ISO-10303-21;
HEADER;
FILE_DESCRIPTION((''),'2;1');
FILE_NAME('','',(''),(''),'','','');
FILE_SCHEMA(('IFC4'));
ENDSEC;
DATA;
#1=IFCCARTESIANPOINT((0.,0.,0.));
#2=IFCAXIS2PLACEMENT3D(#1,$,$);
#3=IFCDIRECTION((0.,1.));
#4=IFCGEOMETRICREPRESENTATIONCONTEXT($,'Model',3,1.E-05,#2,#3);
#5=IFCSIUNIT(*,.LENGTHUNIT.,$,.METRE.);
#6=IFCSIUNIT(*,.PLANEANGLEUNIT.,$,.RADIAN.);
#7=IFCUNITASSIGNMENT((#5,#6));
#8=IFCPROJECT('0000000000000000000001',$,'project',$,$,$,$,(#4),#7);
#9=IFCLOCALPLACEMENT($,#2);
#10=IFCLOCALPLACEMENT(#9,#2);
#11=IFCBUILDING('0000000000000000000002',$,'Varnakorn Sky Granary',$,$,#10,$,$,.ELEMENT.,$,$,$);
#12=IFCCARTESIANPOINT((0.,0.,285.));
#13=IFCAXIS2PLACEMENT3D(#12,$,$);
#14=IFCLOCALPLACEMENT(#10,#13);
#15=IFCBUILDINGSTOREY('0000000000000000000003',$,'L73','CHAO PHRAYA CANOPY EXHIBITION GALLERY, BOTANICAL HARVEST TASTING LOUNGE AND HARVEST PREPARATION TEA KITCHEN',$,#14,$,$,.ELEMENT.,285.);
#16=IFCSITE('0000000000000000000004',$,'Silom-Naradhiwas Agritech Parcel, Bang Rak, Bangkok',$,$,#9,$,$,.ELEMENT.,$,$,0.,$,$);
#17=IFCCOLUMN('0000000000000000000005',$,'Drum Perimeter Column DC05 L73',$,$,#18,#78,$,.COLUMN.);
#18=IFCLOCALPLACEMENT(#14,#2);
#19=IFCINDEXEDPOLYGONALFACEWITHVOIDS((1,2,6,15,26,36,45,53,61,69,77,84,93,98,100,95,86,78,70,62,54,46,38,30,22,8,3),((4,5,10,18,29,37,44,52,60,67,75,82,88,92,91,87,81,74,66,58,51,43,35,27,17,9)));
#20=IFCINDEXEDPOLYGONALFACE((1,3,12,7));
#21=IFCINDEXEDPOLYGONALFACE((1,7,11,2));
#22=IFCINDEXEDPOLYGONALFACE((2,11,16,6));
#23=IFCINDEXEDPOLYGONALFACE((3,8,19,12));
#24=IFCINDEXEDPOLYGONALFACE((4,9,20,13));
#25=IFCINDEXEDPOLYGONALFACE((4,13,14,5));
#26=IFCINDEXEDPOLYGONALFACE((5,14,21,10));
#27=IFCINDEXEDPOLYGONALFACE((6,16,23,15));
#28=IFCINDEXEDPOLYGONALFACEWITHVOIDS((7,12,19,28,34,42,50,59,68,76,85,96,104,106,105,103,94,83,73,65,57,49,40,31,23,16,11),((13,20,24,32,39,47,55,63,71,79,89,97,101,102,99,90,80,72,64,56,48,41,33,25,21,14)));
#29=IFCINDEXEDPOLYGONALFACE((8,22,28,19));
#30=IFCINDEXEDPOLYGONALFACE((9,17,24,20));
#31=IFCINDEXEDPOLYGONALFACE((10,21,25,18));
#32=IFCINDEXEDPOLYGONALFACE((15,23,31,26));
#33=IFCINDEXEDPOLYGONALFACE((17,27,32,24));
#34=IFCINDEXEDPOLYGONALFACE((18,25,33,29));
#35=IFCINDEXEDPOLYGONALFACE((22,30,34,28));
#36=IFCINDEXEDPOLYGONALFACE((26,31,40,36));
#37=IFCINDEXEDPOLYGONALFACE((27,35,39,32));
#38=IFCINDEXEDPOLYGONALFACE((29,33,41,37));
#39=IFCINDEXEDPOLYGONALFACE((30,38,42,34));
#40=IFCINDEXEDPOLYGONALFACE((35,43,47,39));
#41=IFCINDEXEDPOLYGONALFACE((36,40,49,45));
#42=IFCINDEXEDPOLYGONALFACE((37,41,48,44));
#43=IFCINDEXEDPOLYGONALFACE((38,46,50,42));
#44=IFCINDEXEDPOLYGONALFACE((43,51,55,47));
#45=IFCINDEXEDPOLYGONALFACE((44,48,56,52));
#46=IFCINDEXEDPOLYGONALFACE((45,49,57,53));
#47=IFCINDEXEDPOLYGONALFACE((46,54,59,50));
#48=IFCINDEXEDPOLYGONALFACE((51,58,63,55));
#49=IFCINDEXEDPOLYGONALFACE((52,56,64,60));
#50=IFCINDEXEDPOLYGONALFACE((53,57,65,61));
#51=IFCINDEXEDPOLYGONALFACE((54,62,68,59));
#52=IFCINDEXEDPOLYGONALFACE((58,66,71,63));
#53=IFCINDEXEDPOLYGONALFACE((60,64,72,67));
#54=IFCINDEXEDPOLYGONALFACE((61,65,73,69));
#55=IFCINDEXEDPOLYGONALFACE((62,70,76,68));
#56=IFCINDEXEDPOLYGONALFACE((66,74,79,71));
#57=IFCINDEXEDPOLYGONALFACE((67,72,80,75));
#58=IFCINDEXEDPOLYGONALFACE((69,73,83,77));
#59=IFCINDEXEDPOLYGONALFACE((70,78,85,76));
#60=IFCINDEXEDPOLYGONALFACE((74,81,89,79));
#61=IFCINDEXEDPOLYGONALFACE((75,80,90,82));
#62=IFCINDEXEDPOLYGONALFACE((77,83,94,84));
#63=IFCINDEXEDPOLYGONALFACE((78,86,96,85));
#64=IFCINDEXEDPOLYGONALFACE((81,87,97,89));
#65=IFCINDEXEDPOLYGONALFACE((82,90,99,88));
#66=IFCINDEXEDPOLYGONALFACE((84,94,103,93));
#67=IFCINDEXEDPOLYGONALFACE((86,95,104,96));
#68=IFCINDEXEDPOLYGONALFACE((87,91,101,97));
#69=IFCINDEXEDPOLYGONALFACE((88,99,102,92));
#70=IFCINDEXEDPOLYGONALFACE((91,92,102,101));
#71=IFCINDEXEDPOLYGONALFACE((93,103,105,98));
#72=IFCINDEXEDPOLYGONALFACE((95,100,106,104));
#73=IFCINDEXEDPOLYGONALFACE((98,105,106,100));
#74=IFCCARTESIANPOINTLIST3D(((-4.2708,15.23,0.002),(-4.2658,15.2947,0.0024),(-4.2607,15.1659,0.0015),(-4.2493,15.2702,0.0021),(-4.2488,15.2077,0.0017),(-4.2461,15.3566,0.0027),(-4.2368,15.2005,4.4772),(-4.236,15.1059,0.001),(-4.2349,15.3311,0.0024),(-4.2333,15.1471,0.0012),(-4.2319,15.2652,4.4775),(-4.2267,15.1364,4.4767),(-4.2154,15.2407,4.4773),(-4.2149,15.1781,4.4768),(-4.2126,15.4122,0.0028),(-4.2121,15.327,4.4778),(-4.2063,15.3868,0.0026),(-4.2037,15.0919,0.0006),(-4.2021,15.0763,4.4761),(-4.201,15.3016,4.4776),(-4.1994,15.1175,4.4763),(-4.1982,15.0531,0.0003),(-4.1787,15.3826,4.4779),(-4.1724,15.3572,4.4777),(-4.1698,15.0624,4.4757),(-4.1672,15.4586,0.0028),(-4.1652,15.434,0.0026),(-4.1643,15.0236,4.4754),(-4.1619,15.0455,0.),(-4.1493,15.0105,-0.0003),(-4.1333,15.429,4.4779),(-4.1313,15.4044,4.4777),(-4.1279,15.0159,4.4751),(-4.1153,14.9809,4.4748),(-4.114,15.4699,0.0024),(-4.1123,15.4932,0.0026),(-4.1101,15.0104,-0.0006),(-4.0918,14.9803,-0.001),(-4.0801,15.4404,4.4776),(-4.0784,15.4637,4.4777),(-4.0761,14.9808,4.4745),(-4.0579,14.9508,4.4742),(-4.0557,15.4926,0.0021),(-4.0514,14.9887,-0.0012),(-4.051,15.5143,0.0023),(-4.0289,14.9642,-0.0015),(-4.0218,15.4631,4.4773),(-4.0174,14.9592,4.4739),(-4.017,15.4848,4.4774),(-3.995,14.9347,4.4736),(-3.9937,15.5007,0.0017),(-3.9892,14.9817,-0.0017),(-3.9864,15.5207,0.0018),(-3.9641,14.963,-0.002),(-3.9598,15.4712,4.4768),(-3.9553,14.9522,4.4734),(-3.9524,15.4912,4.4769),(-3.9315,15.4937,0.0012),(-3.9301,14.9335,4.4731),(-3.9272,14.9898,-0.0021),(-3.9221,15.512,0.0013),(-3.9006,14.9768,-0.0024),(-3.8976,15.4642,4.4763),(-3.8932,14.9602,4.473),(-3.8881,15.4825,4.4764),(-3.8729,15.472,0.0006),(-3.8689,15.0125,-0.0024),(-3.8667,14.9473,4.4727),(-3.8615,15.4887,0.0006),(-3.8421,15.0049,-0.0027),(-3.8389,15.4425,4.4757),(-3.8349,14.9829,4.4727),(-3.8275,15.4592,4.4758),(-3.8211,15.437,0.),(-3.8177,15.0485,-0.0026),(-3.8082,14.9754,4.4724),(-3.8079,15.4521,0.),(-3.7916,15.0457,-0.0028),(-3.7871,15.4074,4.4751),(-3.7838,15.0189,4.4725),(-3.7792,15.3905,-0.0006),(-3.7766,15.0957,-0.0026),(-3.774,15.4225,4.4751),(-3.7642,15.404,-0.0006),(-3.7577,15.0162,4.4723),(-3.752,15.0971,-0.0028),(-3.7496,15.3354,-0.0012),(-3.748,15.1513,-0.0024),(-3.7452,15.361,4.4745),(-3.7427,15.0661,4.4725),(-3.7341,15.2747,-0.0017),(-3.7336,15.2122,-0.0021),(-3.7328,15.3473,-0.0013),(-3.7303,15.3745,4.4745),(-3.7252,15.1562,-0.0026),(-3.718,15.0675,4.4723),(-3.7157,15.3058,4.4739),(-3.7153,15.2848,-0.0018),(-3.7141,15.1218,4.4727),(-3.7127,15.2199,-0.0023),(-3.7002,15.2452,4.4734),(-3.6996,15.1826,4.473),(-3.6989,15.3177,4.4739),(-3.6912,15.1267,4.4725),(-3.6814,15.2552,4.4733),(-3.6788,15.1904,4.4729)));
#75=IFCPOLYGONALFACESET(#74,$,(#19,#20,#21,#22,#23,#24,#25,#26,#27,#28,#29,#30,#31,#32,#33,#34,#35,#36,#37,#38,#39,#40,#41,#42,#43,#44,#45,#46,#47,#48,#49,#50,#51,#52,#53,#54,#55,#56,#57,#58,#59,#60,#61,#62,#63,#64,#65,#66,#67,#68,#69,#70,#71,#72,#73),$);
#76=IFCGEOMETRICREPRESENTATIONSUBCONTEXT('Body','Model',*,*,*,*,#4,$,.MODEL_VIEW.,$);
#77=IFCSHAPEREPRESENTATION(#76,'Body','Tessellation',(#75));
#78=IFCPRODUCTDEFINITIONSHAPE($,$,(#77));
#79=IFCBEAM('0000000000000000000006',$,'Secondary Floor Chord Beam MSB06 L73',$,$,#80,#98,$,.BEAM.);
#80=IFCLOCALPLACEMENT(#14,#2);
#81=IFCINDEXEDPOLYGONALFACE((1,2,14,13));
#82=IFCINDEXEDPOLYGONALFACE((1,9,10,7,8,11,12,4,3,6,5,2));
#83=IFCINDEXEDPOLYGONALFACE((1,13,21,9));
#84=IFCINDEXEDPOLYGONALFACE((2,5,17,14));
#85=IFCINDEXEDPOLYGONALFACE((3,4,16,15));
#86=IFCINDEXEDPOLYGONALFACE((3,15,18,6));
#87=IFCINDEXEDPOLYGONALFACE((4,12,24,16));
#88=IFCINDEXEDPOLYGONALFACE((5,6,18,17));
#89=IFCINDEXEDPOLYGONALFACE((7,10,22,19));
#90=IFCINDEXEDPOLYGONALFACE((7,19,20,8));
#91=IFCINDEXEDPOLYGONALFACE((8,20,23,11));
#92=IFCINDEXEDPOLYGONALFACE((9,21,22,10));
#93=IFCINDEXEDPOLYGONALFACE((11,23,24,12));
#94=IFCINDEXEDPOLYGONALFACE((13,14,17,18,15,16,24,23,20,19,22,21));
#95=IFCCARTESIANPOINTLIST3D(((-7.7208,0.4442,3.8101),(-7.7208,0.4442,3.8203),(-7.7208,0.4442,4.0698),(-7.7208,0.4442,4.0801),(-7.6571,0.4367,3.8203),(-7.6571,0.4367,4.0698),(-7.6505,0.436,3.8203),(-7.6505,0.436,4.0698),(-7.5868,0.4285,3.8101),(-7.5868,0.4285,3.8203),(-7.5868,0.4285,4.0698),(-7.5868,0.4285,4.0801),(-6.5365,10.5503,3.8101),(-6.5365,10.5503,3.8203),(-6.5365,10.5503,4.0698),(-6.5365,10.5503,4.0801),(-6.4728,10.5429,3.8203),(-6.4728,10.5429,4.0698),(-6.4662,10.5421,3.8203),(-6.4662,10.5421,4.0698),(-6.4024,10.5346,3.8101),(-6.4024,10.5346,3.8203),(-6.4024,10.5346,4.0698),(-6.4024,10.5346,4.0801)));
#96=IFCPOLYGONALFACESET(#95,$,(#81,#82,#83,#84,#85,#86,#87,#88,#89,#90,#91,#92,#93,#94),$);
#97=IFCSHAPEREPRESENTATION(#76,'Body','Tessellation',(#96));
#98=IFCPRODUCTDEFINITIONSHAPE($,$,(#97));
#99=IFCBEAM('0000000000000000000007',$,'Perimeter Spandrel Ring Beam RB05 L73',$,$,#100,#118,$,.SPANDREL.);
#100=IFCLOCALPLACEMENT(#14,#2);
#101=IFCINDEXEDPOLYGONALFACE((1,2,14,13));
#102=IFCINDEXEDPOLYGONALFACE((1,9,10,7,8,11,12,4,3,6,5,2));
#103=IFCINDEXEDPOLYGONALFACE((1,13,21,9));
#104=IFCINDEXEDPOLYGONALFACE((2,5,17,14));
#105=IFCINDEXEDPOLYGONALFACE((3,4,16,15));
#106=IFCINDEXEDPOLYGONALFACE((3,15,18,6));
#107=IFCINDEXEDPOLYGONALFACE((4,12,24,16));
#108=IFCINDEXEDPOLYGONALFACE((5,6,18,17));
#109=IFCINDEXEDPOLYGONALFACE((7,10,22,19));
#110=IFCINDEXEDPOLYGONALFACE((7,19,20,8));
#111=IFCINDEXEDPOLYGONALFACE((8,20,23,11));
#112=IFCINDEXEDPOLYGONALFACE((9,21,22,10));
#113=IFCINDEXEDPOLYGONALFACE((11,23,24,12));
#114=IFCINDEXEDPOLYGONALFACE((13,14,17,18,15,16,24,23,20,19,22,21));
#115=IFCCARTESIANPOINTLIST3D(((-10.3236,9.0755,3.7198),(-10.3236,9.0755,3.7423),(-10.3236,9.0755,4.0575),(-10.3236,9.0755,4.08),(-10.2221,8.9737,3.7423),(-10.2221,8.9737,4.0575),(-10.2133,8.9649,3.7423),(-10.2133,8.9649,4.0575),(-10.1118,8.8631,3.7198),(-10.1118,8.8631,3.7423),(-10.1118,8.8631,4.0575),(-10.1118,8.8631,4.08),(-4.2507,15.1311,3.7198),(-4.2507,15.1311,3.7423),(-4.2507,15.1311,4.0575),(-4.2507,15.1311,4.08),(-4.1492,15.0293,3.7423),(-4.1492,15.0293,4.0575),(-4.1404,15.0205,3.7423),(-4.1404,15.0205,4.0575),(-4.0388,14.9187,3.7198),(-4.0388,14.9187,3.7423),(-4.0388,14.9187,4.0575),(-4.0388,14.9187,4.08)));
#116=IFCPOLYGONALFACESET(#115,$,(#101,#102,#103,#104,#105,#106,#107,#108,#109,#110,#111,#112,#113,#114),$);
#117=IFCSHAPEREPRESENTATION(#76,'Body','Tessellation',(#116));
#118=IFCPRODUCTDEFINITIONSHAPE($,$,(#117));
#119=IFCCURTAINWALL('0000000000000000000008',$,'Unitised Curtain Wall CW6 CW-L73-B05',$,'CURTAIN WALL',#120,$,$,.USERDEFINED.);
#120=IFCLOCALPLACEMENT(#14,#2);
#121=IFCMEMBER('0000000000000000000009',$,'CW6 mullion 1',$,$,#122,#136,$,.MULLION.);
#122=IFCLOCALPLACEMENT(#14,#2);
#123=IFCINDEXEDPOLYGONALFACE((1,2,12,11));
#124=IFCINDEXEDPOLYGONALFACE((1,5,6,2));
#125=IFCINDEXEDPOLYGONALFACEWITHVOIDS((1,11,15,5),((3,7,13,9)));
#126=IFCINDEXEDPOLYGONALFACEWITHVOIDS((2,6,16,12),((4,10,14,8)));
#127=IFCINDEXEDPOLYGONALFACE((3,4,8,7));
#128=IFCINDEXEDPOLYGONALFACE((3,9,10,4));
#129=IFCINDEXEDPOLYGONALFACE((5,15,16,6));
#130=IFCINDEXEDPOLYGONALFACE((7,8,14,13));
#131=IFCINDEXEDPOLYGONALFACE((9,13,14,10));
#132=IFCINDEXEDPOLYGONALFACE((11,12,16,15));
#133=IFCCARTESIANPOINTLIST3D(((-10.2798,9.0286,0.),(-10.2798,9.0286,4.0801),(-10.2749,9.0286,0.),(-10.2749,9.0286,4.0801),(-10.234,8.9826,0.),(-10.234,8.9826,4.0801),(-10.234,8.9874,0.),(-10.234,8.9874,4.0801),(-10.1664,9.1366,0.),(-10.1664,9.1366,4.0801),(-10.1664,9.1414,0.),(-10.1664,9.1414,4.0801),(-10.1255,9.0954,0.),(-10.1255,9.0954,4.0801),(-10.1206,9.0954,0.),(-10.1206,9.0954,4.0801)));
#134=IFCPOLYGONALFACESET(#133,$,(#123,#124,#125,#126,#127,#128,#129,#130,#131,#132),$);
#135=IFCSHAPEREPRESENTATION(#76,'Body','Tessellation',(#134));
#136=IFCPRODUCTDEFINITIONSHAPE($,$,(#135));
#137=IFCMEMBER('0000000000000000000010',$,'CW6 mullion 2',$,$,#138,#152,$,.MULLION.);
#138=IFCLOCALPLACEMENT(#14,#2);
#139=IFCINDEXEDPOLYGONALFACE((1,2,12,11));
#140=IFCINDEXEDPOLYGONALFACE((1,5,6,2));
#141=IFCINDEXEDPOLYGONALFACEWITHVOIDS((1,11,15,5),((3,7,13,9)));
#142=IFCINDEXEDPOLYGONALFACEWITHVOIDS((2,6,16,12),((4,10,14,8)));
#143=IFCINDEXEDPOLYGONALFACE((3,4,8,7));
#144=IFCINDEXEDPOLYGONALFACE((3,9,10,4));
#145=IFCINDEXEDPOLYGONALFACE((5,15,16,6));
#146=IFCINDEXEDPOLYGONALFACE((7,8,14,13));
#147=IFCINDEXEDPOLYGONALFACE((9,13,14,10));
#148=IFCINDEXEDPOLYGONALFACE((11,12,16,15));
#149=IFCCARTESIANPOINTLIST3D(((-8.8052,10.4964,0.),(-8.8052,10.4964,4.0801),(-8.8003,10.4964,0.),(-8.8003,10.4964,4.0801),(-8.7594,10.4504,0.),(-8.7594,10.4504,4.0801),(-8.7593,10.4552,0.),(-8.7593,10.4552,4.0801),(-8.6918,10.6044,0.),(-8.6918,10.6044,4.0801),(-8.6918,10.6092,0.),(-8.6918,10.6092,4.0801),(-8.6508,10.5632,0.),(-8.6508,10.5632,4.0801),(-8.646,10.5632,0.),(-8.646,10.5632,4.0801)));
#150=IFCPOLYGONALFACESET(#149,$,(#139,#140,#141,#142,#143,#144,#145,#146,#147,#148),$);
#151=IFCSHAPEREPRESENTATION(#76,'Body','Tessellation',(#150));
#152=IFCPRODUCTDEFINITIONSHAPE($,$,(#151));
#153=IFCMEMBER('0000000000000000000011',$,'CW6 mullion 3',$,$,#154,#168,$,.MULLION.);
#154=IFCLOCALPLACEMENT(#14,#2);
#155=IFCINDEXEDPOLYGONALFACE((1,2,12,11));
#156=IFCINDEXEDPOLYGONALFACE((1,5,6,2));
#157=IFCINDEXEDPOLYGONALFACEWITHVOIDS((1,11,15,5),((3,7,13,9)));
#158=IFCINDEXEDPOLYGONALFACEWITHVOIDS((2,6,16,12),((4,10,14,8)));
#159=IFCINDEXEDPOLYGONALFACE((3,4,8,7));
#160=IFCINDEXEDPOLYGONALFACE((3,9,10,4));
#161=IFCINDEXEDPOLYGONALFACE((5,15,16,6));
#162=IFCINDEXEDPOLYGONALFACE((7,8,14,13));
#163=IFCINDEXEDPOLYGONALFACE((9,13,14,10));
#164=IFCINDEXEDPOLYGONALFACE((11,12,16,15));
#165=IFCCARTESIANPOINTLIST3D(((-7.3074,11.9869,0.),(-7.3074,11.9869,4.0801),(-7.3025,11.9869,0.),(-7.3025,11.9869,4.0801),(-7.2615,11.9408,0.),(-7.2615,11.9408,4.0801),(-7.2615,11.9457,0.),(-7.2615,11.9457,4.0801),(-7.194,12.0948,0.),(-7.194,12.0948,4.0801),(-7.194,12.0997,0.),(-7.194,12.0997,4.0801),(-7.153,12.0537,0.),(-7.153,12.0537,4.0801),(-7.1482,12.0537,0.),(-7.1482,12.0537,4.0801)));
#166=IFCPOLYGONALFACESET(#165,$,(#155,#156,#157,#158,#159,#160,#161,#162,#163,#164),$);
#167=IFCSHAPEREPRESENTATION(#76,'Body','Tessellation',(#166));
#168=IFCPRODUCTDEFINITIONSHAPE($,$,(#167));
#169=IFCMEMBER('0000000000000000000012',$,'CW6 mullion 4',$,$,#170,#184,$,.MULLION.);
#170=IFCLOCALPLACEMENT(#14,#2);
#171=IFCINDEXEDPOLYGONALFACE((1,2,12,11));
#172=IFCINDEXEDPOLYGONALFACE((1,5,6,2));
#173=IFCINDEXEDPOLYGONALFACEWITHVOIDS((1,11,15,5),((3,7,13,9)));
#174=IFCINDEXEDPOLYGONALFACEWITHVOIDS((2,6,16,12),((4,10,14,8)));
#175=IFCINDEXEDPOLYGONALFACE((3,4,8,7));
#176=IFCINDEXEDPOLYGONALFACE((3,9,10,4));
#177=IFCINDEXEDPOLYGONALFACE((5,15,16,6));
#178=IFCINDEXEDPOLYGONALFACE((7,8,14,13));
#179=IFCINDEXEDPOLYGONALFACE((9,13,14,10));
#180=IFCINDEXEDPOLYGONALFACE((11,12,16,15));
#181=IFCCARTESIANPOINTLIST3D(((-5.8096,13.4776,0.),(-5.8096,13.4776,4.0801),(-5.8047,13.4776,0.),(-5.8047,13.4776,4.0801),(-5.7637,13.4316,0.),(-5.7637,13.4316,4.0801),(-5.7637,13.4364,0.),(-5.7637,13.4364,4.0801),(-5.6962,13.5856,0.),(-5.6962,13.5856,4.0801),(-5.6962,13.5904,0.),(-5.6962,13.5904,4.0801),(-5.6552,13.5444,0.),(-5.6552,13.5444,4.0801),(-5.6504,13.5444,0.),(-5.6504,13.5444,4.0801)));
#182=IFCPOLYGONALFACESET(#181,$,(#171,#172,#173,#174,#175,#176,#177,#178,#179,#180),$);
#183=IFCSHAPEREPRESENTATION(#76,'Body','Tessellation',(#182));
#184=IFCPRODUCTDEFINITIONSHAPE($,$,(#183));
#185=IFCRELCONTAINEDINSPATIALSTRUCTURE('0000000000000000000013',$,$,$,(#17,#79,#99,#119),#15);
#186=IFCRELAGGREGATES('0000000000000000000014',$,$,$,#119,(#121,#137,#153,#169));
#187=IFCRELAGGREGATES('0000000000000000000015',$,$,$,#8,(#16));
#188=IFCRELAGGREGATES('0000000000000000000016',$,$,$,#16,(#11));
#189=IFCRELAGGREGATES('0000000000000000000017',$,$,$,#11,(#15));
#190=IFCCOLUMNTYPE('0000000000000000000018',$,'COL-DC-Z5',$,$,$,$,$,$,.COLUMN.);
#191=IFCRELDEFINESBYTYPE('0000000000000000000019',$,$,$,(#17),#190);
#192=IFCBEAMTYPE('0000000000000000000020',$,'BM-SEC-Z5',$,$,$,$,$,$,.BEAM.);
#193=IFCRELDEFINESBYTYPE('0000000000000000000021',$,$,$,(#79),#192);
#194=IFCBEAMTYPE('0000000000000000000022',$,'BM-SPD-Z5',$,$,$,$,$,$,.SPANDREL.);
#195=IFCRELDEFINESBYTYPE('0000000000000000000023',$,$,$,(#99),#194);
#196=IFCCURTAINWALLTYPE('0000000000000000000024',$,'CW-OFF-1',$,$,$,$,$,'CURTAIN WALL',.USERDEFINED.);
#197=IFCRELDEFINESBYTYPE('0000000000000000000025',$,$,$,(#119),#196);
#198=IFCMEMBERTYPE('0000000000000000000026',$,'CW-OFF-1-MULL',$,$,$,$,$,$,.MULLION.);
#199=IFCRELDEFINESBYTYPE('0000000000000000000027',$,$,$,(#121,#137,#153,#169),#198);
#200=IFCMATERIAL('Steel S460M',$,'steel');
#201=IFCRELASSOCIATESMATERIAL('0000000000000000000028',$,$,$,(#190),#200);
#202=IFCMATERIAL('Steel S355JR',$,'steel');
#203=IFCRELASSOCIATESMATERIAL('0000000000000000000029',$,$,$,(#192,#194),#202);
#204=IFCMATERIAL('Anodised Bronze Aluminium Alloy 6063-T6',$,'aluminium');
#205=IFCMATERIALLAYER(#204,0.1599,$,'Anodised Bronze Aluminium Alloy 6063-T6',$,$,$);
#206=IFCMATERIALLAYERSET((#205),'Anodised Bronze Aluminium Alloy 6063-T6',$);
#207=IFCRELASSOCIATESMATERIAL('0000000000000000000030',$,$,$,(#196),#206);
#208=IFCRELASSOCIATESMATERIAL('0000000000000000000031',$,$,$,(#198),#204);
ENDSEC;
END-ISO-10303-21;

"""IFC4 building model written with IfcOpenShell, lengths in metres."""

from ifc_helpers import new_model, si_unit, direction, frame, origin, origin_2d, place, context, subcontext, project, spatial, hollow_rectangle, hollow_circle, i_section, extrude, material, layer, layer_set, material_profile, profile_set, type_object, element, aggregate, save


model = new_model("IFC4")

# Units and contexts
model_context = context("Model", 3, precision=1e-05, world=origin(), true_north=direction((0.0, 1.0)))
body_context = subcontext(model_context, "Body", "Model", "MODEL_VIEW")
ifc_project = project(units=[si_unit("LENGTHUNIT", "METRE"), si_unit("PLANEANGLEUNIT", "RADIAN")], contexts=[model_context])

# Site, building, storey
site_placement = place(None, origin())
site = spatial("IfcSite", under=ifc_project, at=site_placement, Name="Silom-Naradhiwas Agritech Parcel, Bang Rak, Bangkok", CompositionType="ELEMENT", RefElevation=0.0)
building_placement = place(site_placement, origin())
building = spatial("IfcBuilding", under=site, at=building_placement, Name="Varnakorn Sky Granary", CompositionType="ELEMENT")
storey_placement = place(building_placement, frame((0.0, 0.0, 285.0)))
storey = spatial("IfcBuildingStorey", under=building, at=storey_placement, Name="L73", Description="CHAO PHRAYA CANOPY EXHIBITION GALLERY, BOTANICAL HARVEST TASTING LOUNGE AND HARVEST PREPARATION TEA KITCHEN", CompositionType="ELEMENT", Elevation=285.0)

# Column
ifc_material_1 = material(Name="Steel S460M", Category="steel")
ifc_material_profile_1 = material_profile(ifc_material_1, hollow_circle(Radius=0.2795, WallThickness=0.02, at=origin_2d()), Name="CHS 559x20")
ifc_profile_set_1 = profile_set([ifc_material_profile_1], Name="Steel S460M")
column_type = type_object("IfcColumnType", Name="COL-DC-Z5", PredefinedType="COLUMN", material=ifc_profile_set_1)
column_placement = place(storey_placement, frame((-3.9915, 15.2412, 0.0), z_axis=(0.007583, -0.006601, 0.999949), x_axis=(0.656582, 0.754255, 0.0)))
element("IfcColumn", 1, at=column_placement, inside=storey, type_object=column_type, Name="Drum Perimeter Column DC05 L73", PredefinedType="COLUMN", context=body_context, shape_type="SweptSolid", body=[
    extrude(hollow_circle(Radius=0.2795, WallThickness=0.02, at=origin_2d()), origin(), (0.0, 0.0, 1.0), 4.4753),
])

# Beams
ifc_material_2 = material(Name="Steel S355JR", Category="steel")
ifc_material_profile_2 = material_profile(ifc_material_2, i_section(OverallWidth=0.135, OverallDepth=0.27, WebThickness=0.0066, FlangeThickness=0.0103, at=origin_2d()), Name="IPE 270")
ifc_profile_set_2 = profile_set([ifc_material_profile_2], Name="Steel S355JR")
beam_type_1 = type_object("IfcBeamType", Name="BM-SEC-Z5", PredefinedType="BEAM", material=ifc_profile_set_2)
beam_1_placement = place(storey_placement, frame((-6.4695, 10.5425, 3.9451), z_axis=(-0.116392, -0.993203, 0.0), x_axis=(0.993203, -0.116392, 0.0)))
element("IfcBeam", 2, at=beam_1_placement, inside=storey, type_object=beam_type_1, Name="Secondary Floor Chord Beam MSB06 L73", PredefinedType="BEAM", context=body_context, shape_type="SweptSolid", body=[
    extrude(i_section(OverallWidth=0.135, OverallDepth=0.27, WebThickness=0.0066, FlangeThickness=0.0103, at=origin_2d()), origin(), (0.0, 0.0, 1.0), 10.1753),
])
ifc_material_profile_3 = material_profile(ifc_material_2, i_section(OverallWidth=0.3, OverallDepth=0.3601, WebThickness=0.0125, FlangeThickness=0.0225, at=origin_2d()), Name="HE 360 B")
ifc_profile_set_3 = profile_set([ifc_material_profile_3], Name="Steel S355JR")
beam_type_2 = type_object("IfcBeamType", Name="BM-SPD-Z5", PredefinedType="SPANDREL", material=ifc_profile_set_3)
beam_2_placement = place(storey_placement, frame((-4.1448, 15.0249, 3.8999), z_axis=(-0.708117, -0.706095, 0.0), x_axis=(0.706095, -0.708117, 0.0)))
element("IfcBeam", 3, at=beam_2_placement, inside=storey, type_object=beam_type_2, Name="Perimeter Spandrel Ring Beam RB05 L73", PredefinedType="SPANDREL", context=body_context, shape_type="SweptSolid", body=[
    extrude(i_section(OverallWidth=0.3, OverallDepth=0.3601, WebThickness=0.0125, FlangeThickness=0.0225, at=origin_2d()), origin(), (0.0, 0.0, 1.0), 8.5762),
])

# Curtain wall, members
ifc_material_3 = material(Name="Anodised Bronze Aluminium Alloy 6063-T6", Category="aluminium")
ifc_layer_1 = layer(ifc_material_3, 0.1599, Name="Anodised Bronze Aluminium Alloy 6063-T6")
ifc_layer_set_1 = layer_set([ifc_layer_1], Name="Anodised Bronze Aluminium Alloy 6063-T6")
curtain_wall_type = type_object("IfcCurtainWallType", Name="CW-OFF-1", ElementType="CURTAIN WALL", PredefinedType="USERDEFINED", material=ifc_layer_set_1)
curtain_wall_placement = place(storey_placement, origin())
curtain_wall = element("IfcCurtainWall", 4, at=curtain_wall_placement, inside=storey, type_object=curtain_wall_type, Name="Unitised Curtain Wall CW6 CW-L73-B05", ObjectType="CURTAIN WALL", PredefinedType="USERDEFINED")
ifc_material_profile_4 = material_profile(ifc_material_3, hollow_rectangle(XDim=0.0649, YDim=0.1599, WallThickness=0.0034, at=origin_2d()), Name="ALU MULL 65x160")
ifc_profile_set_4 = profile_set([ifc_material_profile_4], Name="Anodised Bronze Aluminium Alloy 6063-T6")
member_type_1 = type_object("IfcMemberType", Name="CW-OFF-1-MULL", PredefinedType="MULLION", material=ifc_profile_set_4)
member_1_placement = place(storey_placement, frame((-10.2002, 9.062, 0.0), z_axis=(0.0, 0.0, 1.0), x_axis=(-0.705419, 0.708791, 0.0)))
member_1 = element("IfcMember", 5, at=member_1_placement, type_object=member_type_1, Name="CW6 mullion 1", PredefinedType="MULLION", context=body_context, shape_type="SweptSolid", body=[
    extrude(hollow_rectangle(XDim=0.0649, YDim=0.1599, WallThickness=0.0034, at=origin_2d()), origin(), (0.0, 0.0, 1.0), 4.0801),
])
member_2_placement = place(storey_placement, frame((-8.7256, 10.5298, 0.0), z_axis=(0.0, 0.0, 1.0), x_axis=(-0.705419, 0.708791, 0.0)))
member_2 = element("IfcMember", 6, at=member_2_placement, type_object=member_type_1, Name="CW6 mullion 2", PredefinedType="MULLION", context=body_context, shape_type="SweptSolid", body=[
    extrude(hollow_rectangle(XDim=0.0649, YDim=0.1599, WallThickness=0.0034, at=origin_2d()), origin(), (0.0, 0.0, 1.0), 4.0801),
])
member_3_placement = place(storey_placement, frame((-7.2278, 12.0203, 0.0), z_axis=(0.0, 0.0, 1.0), x_axis=(-0.705419, 0.708791, 0.0)))
member_3 = element("IfcMember", 7, at=member_3_placement, type_object=member_type_1, Name="CW6 mullion 3", PredefinedType="MULLION", context=body_context, shape_type="SweptSolid", body=[
    extrude(hollow_rectangle(XDim=0.0649, YDim=0.1599, WallThickness=0.0034, at=origin_2d()), origin(), (0.0, 0.0, 1.0), 4.0801),
])
member_4_placement = place(storey_placement, frame((-5.73, 13.511, 0.0), z_axis=(0.0, 0.0, 1.0), x_axis=(-0.705419, 0.708791, 0.0)))
member_4 = element("IfcMember", 8, at=member_4_placement, type_object=member_type_1, Name="CW6 mullion 4", PredefinedType="MULLION", context=body_context, shape_type="SweptSolid", body=[
    extrude(hollow_rectangle(XDim=0.0649, YDim=0.1599, WallThickness=0.0034, at=origin_2d()), origin(), (0.0, 0.0, 1.0), 4.0801),
])

aggregate(curtain_wall, [member_1, member_2, member_3, member_4])

save(model, "model.ifc")
